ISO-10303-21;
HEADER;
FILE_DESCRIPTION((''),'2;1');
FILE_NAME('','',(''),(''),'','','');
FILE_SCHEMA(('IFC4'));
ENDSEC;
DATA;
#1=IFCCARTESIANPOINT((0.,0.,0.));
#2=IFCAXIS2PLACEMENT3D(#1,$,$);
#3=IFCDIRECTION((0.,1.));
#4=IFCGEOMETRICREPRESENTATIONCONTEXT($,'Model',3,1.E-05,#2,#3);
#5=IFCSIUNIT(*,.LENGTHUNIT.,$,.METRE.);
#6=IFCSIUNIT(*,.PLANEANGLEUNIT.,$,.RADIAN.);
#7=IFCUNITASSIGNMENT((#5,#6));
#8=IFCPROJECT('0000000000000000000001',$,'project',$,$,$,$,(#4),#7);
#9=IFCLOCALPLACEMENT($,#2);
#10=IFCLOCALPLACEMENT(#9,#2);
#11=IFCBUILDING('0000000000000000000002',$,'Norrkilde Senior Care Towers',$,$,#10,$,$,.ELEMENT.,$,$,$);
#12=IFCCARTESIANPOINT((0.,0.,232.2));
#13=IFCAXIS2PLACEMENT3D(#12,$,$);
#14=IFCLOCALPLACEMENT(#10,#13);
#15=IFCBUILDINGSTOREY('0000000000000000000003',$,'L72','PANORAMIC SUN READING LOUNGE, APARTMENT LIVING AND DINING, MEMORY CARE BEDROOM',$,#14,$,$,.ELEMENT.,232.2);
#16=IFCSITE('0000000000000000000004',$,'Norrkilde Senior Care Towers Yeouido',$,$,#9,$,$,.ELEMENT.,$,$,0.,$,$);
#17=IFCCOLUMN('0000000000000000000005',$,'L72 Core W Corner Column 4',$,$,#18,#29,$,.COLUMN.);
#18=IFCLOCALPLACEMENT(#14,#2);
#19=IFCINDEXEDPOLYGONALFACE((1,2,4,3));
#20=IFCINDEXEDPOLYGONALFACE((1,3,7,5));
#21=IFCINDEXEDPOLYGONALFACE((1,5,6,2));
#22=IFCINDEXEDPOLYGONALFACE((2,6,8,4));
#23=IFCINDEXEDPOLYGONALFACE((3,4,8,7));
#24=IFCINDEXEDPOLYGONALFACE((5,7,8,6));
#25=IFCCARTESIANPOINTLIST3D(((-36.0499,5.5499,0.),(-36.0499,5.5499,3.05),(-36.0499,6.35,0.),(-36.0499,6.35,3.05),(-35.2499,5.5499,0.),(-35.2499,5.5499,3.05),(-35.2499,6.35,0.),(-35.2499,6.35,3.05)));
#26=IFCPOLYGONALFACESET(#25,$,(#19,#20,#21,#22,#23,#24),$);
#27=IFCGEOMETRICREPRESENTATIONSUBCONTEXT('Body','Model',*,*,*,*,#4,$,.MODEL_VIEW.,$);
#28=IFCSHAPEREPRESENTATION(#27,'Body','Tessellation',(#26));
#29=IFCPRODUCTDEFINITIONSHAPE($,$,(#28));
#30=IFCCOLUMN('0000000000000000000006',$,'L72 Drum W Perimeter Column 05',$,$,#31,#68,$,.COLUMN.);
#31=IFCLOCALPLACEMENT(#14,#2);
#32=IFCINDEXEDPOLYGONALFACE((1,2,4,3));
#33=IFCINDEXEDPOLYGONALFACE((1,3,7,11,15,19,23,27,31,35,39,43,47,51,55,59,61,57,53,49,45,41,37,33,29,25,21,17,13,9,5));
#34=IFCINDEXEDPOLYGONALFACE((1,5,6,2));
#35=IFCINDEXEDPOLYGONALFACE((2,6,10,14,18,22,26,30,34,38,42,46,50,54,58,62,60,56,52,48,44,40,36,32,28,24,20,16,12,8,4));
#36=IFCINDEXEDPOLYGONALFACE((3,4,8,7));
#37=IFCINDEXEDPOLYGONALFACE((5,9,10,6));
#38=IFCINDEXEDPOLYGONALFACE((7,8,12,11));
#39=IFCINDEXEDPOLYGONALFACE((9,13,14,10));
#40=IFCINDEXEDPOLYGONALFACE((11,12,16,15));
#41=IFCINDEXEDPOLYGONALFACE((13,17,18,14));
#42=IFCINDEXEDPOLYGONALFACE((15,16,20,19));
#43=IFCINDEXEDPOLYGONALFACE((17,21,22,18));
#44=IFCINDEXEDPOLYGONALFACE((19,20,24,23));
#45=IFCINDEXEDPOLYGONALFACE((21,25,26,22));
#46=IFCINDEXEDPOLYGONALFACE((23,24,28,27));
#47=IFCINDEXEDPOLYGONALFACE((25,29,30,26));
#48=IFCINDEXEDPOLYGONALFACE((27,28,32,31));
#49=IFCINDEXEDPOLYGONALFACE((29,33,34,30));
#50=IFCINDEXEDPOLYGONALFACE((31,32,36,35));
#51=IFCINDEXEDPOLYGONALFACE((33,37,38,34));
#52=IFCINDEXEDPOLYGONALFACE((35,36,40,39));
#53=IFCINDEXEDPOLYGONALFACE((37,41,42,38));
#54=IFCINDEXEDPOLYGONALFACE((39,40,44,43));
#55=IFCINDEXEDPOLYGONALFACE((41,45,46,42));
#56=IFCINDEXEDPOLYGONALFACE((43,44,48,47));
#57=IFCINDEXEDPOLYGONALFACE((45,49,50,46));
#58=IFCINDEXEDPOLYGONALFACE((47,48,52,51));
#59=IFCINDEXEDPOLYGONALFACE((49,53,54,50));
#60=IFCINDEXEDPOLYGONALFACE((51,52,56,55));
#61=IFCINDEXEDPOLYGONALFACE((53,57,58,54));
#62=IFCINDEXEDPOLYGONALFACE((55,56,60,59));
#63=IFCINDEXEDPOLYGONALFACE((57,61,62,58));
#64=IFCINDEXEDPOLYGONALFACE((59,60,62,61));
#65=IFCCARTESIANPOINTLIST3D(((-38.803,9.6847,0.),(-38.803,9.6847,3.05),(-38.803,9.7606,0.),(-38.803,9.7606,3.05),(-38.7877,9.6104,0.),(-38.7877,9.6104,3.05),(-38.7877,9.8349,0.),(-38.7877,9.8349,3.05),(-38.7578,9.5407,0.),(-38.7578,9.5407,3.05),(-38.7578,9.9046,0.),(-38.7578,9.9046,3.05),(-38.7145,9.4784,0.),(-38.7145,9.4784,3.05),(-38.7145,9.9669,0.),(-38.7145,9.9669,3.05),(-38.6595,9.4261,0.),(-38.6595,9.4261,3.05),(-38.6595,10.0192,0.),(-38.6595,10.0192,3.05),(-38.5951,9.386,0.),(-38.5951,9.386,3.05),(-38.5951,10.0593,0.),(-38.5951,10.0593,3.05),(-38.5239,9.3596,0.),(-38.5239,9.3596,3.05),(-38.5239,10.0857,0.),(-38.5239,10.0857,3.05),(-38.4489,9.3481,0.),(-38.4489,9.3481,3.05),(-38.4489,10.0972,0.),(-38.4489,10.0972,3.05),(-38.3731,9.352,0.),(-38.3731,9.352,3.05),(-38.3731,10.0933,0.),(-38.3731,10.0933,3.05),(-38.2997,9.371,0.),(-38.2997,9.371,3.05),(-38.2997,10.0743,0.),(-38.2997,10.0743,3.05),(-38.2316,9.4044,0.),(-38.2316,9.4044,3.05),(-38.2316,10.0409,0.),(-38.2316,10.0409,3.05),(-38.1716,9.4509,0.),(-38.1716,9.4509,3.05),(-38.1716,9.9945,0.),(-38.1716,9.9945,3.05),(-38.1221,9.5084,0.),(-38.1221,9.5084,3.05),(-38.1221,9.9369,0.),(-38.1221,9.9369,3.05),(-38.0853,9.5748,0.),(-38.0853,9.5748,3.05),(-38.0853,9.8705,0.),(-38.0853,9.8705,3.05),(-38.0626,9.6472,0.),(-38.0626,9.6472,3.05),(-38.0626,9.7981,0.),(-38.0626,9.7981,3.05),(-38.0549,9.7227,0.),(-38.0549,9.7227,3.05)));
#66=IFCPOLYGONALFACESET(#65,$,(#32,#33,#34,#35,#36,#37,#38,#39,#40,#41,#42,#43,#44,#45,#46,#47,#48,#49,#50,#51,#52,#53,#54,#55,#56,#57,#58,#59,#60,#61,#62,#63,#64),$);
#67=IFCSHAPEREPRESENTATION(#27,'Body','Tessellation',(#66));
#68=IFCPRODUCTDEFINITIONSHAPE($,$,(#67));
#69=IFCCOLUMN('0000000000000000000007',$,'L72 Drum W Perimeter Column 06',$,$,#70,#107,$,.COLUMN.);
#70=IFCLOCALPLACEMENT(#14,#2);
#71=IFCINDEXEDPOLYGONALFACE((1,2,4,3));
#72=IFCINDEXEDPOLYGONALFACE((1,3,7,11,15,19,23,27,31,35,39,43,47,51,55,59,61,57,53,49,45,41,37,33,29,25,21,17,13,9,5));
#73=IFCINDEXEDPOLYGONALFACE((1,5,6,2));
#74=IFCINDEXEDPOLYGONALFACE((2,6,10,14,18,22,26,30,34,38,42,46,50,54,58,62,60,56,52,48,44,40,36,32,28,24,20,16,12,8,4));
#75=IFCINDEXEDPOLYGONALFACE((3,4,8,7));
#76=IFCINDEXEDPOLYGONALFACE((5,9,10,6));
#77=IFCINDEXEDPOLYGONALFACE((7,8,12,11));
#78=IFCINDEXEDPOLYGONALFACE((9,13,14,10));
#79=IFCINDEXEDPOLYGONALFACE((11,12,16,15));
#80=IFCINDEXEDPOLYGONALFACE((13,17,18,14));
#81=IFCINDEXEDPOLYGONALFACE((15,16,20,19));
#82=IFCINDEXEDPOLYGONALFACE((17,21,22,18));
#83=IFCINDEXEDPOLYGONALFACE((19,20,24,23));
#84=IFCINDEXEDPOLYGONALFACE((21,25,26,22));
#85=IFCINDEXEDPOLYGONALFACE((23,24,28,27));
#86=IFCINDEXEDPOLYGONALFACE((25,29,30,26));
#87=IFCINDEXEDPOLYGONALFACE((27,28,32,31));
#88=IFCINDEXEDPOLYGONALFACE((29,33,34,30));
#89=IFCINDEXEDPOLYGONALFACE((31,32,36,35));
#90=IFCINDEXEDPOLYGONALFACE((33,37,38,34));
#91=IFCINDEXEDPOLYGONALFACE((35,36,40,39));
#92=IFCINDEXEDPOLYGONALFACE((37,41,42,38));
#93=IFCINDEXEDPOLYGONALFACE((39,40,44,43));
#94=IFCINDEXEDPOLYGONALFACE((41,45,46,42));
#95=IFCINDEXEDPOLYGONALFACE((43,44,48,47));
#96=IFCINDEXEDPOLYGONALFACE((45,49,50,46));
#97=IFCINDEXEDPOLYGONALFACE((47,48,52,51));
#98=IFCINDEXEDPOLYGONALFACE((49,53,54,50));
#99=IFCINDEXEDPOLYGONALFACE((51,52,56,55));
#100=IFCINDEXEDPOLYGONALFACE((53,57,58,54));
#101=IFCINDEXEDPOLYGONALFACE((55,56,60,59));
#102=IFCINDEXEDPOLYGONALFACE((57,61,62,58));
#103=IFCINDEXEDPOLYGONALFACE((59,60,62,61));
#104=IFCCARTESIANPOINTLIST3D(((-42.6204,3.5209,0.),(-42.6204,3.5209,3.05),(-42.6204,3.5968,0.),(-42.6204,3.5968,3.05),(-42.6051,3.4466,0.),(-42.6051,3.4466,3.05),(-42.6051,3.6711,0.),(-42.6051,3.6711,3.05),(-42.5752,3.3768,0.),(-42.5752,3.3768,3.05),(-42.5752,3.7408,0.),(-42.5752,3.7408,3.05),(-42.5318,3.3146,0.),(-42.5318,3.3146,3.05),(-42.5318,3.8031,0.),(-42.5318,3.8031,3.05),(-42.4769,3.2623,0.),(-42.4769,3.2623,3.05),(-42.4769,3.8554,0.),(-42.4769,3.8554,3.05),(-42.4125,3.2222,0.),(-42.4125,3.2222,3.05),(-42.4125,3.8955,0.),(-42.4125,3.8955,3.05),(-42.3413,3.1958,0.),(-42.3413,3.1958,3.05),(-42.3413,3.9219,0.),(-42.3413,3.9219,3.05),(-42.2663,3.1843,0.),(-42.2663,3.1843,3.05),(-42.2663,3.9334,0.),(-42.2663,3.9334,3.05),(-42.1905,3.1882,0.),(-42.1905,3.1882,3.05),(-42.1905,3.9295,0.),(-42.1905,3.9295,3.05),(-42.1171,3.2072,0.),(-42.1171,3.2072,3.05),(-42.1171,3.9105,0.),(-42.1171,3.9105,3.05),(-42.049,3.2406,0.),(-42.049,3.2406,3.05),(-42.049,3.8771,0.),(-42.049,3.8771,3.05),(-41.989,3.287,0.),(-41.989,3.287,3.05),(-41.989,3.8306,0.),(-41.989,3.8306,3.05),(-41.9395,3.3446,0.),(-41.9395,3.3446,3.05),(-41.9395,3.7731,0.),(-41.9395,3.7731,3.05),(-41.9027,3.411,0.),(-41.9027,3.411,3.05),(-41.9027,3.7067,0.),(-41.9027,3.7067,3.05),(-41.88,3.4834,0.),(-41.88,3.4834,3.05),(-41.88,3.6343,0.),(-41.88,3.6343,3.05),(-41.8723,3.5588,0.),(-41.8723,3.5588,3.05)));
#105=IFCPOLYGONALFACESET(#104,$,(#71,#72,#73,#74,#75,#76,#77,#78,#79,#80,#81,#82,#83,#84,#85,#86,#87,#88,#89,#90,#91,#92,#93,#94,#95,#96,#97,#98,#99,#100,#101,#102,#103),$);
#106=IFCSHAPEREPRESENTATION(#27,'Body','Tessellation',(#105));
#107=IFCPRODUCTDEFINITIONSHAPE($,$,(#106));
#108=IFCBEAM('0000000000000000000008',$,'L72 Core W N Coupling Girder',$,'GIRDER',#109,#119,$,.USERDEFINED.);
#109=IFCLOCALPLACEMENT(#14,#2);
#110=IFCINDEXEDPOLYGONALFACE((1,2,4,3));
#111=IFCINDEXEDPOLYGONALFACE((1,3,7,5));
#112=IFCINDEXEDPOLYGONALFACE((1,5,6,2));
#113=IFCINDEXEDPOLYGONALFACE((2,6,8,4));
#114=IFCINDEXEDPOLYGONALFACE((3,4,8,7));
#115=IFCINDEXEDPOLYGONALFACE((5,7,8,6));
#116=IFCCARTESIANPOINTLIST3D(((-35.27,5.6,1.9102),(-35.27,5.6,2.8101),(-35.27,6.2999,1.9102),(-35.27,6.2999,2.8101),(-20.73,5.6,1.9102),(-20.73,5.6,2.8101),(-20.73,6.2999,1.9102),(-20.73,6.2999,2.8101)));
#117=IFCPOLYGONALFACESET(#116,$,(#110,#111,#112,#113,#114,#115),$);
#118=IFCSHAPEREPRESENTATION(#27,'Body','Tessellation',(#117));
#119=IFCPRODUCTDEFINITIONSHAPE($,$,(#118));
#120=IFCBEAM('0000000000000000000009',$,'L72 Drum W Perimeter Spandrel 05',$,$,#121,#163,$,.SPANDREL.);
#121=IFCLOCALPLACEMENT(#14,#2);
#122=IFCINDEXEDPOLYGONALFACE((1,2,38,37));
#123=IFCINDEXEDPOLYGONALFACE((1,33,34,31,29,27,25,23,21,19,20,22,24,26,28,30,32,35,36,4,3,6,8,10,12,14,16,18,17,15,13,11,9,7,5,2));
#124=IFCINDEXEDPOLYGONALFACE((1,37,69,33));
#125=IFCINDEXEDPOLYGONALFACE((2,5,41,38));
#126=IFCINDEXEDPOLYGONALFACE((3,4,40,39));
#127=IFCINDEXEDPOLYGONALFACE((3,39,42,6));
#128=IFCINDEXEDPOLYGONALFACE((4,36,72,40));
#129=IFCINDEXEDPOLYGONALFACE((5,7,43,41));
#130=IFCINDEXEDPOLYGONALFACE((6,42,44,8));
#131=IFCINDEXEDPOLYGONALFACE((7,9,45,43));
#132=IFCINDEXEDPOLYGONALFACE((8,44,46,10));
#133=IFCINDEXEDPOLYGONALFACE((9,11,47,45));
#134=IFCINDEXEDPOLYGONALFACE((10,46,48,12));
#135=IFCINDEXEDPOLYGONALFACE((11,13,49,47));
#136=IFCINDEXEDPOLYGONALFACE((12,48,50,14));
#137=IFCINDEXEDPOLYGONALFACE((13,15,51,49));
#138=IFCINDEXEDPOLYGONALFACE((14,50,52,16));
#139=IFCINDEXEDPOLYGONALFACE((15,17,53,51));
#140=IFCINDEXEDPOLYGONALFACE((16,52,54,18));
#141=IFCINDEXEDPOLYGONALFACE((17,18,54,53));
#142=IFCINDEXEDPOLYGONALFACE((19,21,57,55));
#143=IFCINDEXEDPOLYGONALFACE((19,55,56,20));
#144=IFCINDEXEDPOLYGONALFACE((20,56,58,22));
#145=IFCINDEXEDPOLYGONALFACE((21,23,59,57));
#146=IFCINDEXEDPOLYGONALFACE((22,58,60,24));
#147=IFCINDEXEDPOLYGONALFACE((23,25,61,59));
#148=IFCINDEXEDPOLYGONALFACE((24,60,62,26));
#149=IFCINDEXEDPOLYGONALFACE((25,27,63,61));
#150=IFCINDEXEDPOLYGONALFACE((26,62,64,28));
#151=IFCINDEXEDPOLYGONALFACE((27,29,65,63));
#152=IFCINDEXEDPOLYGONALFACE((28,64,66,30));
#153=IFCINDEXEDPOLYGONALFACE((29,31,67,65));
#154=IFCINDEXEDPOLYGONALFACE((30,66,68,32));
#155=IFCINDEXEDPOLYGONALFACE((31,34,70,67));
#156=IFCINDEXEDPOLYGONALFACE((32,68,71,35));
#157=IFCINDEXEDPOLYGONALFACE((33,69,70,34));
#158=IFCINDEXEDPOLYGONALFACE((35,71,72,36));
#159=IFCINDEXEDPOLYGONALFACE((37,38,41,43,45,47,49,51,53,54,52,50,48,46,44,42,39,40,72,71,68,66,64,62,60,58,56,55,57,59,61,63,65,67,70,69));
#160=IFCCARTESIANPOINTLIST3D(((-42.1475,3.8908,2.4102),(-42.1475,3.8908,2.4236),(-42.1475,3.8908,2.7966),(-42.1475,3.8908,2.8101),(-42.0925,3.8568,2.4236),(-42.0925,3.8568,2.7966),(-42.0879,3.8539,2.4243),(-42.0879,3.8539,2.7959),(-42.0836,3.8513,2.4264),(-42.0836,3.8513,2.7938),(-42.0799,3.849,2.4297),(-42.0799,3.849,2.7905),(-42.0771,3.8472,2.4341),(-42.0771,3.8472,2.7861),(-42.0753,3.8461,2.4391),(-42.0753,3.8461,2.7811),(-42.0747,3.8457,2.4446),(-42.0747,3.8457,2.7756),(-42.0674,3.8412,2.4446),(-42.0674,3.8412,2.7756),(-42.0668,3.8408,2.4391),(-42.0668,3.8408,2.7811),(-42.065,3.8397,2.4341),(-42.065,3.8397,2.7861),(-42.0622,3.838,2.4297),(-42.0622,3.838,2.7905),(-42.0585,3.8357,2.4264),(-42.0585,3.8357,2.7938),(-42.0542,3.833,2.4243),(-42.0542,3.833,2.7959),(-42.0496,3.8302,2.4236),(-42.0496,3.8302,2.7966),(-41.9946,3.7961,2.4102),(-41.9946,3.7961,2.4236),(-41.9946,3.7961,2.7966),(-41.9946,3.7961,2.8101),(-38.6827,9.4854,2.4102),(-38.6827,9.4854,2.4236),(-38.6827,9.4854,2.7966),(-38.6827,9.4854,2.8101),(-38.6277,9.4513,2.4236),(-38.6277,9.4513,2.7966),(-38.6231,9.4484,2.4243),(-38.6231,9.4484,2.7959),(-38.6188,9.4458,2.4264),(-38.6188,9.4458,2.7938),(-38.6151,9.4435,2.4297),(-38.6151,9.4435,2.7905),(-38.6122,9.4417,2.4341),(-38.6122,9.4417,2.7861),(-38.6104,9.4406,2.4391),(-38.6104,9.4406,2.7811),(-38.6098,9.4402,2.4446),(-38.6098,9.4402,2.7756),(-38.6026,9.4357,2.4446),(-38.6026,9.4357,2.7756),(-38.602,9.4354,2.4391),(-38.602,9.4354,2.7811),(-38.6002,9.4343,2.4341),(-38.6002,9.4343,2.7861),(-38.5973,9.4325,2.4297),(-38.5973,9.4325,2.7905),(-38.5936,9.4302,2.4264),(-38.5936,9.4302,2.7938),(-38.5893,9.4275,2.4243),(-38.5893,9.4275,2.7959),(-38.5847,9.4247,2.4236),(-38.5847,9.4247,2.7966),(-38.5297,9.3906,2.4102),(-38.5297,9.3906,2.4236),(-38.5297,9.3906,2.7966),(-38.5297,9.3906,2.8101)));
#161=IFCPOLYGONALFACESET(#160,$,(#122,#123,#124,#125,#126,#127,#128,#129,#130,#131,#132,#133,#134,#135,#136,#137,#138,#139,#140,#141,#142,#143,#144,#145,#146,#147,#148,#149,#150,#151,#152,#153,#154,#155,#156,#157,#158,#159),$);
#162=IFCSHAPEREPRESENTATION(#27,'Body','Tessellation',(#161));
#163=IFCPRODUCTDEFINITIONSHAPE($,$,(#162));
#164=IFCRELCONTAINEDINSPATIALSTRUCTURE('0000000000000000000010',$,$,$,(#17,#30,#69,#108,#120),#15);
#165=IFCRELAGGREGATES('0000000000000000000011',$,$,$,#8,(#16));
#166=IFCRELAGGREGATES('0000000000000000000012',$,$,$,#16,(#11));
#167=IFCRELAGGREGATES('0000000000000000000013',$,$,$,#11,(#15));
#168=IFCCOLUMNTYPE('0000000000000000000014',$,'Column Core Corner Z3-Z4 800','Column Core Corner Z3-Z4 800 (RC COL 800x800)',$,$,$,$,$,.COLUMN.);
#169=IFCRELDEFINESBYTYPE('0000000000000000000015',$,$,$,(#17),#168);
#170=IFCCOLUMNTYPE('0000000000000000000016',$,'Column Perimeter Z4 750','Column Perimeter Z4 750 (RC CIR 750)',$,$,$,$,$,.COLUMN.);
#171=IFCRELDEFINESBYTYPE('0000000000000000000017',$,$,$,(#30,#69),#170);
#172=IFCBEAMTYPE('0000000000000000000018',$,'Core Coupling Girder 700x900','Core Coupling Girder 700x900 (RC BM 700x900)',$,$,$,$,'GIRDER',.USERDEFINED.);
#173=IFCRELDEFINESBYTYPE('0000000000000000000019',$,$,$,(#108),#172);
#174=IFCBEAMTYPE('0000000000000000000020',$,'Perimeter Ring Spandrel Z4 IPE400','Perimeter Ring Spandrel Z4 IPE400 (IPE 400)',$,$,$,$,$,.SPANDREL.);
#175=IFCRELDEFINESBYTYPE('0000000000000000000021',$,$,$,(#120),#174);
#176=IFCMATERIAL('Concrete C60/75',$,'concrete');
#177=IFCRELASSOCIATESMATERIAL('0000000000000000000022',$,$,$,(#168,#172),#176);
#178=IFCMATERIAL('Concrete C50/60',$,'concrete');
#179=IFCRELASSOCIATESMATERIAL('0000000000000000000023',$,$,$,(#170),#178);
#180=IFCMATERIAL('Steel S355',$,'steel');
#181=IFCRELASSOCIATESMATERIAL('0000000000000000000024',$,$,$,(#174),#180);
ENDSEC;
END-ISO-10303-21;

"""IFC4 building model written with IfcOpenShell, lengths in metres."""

from ifc_helpers import new_model, si_unit, direction, frame, origin, origin_2d, place, context, subcontext, project, spatial, rectangle, circle, i_section, extrude, source, transform, mapped, material, material_profile, profile_set, type_object, type_shapes, element, save


model = new_model("IFC4")

# Units and contexts
model_context = context("Model", 3, precision=1e-05, world=origin(), true_north=direction((0.0, 1.0)))
body_context = subcontext(model_context, "Body", "Model", "MODEL_VIEW")
ifc_project = project(units=[si_unit("LENGTHUNIT", "METRE"), si_unit("PLANEANGLEUNIT", "RADIAN")], contexts=[model_context])

# Site, building, storey
site_placement = place(None, origin())
site = spatial("IfcSite", under=ifc_project, at=site_placement, Name="Norrkilde Senior Care Towers Yeouido", CompositionType="ELEMENT", RefElevation=0.0)
building_placement = place(site_placement, origin())
building = spatial("IfcBuilding", under=site, at=building_placement, Name="Norrkilde Senior Care Towers", CompositionType="ELEMENT")
storey_placement = place(building_placement, frame((0.0, 0.0, 232.2)))
storey = spatial("IfcBuildingStorey", under=building, at=storey_placement, Name="L72", Description="PANORAMIC SUN READING LOUNGE, APARTMENT LIVING AND DINING, MEMORY CARE BEDROOM", CompositionType="ELEMENT", Elevation=232.2)

# Columns
ifc_material_1 = material(Name="Concrete C60/75", Category="concrete")
ifc_material_profile_1 = material_profile(ifc_material_1, rectangle(XDim=0.8, YDim=0.8, at=origin_2d()), Name="RC COL 800x800")
ifc_profile_set_1 = profile_set([ifc_material_profile_1], Name="Concrete C60/75")
column_type_1 = type_object("IfcColumnType", Name="Column Core Corner Z3-Z4 800", Description="Column Core Corner Z3-Z4 800 (RC COL 800x800)", PredefinedType="COLUMN", material=ifc_profile_set_1)
shared_shape_1 = source(origin(), body_context, "Body", "SweptSolid", [
    extrude(rectangle(XDim=0.8, YDim=0.8, at=origin_2d()), origin(), (0.0, 0.0, 1.0), 3.05),
])
type_shapes(column_type_1, [shared_shape_1])
column_placement = place(storey_placement, frame((-35.6499, 5.95, 0.0), z_axis=(0.0, 0.0, 1.0), x_axis=(1.0, 0.0, 0.0)))
element("IfcColumn", 1, at=column_placement, inside=storey, type_object=column_type_1, Name="L72 Core W Corner Column 4", PredefinedType="COLUMN", context=body_context, shape_type="MappedRepresentation", body=[
    mapped(shared_shape_1, transform((0.0, 0.0, 0.0), x_axis=(1.0, 0.0, 0.0), y_axis=(0.0, 1.0, 0.0), z_axis=(0.0, 0.0, 1.0), scale=1.0)),
])
ifc_material_2 = material(Name="Concrete C50/60", Category="concrete")
ifc_material_profile_2 = material_profile(ifc_material_2, circle(Radius=0.375, at=origin_2d()), Name="RC CIR 750")
ifc_profile_set_2 = profile_set([ifc_material_profile_2], Name="Concrete C50/60")
column_type_2 = type_object("IfcColumnType", Name="Column Perimeter Z4 750", Description="Column Perimeter Z4 750 (RC CIR 750)", PredefinedType="COLUMN", material=ifc_profile_set_2)
shared_shape_2 = source(origin(), body_context, "Body", "SweptSolid", [
    extrude(circle(Radius=0.375, at=origin_2d()), origin(), (0.0, 0.0, 1.0), 3.05),
])
type_shapes(column_type_2, [shared_shape_2])
for number, where, z_axis, x_axis, name in (
    (2, (-38.4299, 9.7227, 0.0), (0.0, 0.0, 1.0), (1.0, 0.0, 0.0), "L72 Drum W Perimeter Column 05"),
    (3, (-42.2473, 3.5588, 0.0), (0.0, 0.0, 1.0), (1.0, 0.0, 0.0), "L72 Drum W Perimeter Column 06"),
):
    element("IfcColumn", number, at=place(storey_placement, frame(where, z_axis=z_axis, x_axis=x_axis)), inside=storey, type_object=column_type_2, Name=name, PredefinedType="COLUMN", context=body_context, shape_type="MappedRepresentation", body=[
        mapped(shared_shape_2, transform((0.0, 0.0, 0.0), x_axis=(1.0, 0.0, 0.0), y_axis=(0.0, 1.0, 0.0), z_axis=(0.0, 0.0, 1.0), scale=1.0)),
    ])

# Beams
ifc_material_profile_3 = material_profile(ifc_material_1, rectangle(XDim=0.7, YDim=0.8999, at=origin_2d()), Name="RC BM 700x900")
ifc_profile_set_3 = profile_set([ifc_material_profile_3], Name="Concrete C60/75")
beam_type_1 = type_object("IfcBeamType", Name="Core Coupling Girder 700x900", Description="Core Coupling Girder 700x900 (RC BM 700x900)", ElementType="GIRDER", PredefinedType="USERDEFINED", material=ifc_profile_set_3)
shared_shape_3 = source(origin(), body_context, "Body", "SweptSolid", [
    extrude(rectangle(XDim=0.7, YDim=0.8999, at=origin_2d()), origin(), (0.0, 0.0, 1.0), 14.54),
])
type_shapes(beam_type_1, [shared_shape_3])
beam_1_placement = place(storey_placement, frame((-35.27, 5.95, 2.3601), z_axis=(1.0, 0.0, 0.0), x_axis=(0.0, 1.0, 0.0)))
element("IfcBeam", 4, at=beam_1_placement, inside=storey, type_object=beam_type_1, Name="L72 Core W N Coupling Girder", ObjectType="GIRDER", PredefinedType="USERDEFINED", context=body_context, shape_type="MappedRepresentation", body=[
    mapped(shared_shape_3, transform((0.0, 0.0, 0.0), x_axis=(1.0, 0.0, 0.0), y_axis=(0.0, 1.0, 0.0), z_axis=(0.0, 0.0, 1.0), scale=1.0)),
])
ifc_material_3 = material(Name="Steel S355", Category="steel")
ifc_material_profile_4 = material_profile(ifc_material_3, i_section(OverallWidth=0.1799, OverallDepth=0.3999, WebThickness=0.0085, FlangeThickness=0.0134, FilletRadius=0.021, at=origin_2d()), Name="IPE 400")
ifc_profile_set_4 = profile_set([ifc_material_profile_4], Name="Steel S355")
beam_type_2 = type_object("IfcBeamType", Name="Perimeter Ring Spandrel Z4 IPE400", Description="Perimeter Ring Spandrel Z4 IPE400 (IPE 400)", PredefinedType="SPANDREL", material=ifc_profile_set_4)
shared_shape_4 = source(origin(), body_context, "Body", "SweptSolid", [
    extrude(i_section(OverallWidth=0.1799, OverallDepth=0.3999, WebThickness=0.0085, FlangeThickness=0.0134, FilletRadius=0.021, at=origin_2d()), origin(), (0.0, 0.0, 1.0), 6.5806),
])
beam_2_placement = place(storey_placement, frame((-38.6062, 9.438, 2.6101), z_axis=(-0.52653, -0.850157, 0.0), x_axis=(0.850157, -0.52653, 0.0)))
element("IfcBeam", 5, at=beam_2_placement, inside=storey, type_object=beam_type_2, Name="L72 Drum W Perimeter Spandrel 05", PredefinedType="SPANDREL", context=body_context, shape_type="MappedRepresentation", body=[
    mapped(shared_shape_4, transform((0.0, 0.0, 0.0), x_axis=(1.0, 0.0, 0.0), y_axis=(0.0, 1.0, 0.0), z_axis=(0.0, 0.0, 1.0), scale=1.0)),
])

save(model, "model.ifc")
